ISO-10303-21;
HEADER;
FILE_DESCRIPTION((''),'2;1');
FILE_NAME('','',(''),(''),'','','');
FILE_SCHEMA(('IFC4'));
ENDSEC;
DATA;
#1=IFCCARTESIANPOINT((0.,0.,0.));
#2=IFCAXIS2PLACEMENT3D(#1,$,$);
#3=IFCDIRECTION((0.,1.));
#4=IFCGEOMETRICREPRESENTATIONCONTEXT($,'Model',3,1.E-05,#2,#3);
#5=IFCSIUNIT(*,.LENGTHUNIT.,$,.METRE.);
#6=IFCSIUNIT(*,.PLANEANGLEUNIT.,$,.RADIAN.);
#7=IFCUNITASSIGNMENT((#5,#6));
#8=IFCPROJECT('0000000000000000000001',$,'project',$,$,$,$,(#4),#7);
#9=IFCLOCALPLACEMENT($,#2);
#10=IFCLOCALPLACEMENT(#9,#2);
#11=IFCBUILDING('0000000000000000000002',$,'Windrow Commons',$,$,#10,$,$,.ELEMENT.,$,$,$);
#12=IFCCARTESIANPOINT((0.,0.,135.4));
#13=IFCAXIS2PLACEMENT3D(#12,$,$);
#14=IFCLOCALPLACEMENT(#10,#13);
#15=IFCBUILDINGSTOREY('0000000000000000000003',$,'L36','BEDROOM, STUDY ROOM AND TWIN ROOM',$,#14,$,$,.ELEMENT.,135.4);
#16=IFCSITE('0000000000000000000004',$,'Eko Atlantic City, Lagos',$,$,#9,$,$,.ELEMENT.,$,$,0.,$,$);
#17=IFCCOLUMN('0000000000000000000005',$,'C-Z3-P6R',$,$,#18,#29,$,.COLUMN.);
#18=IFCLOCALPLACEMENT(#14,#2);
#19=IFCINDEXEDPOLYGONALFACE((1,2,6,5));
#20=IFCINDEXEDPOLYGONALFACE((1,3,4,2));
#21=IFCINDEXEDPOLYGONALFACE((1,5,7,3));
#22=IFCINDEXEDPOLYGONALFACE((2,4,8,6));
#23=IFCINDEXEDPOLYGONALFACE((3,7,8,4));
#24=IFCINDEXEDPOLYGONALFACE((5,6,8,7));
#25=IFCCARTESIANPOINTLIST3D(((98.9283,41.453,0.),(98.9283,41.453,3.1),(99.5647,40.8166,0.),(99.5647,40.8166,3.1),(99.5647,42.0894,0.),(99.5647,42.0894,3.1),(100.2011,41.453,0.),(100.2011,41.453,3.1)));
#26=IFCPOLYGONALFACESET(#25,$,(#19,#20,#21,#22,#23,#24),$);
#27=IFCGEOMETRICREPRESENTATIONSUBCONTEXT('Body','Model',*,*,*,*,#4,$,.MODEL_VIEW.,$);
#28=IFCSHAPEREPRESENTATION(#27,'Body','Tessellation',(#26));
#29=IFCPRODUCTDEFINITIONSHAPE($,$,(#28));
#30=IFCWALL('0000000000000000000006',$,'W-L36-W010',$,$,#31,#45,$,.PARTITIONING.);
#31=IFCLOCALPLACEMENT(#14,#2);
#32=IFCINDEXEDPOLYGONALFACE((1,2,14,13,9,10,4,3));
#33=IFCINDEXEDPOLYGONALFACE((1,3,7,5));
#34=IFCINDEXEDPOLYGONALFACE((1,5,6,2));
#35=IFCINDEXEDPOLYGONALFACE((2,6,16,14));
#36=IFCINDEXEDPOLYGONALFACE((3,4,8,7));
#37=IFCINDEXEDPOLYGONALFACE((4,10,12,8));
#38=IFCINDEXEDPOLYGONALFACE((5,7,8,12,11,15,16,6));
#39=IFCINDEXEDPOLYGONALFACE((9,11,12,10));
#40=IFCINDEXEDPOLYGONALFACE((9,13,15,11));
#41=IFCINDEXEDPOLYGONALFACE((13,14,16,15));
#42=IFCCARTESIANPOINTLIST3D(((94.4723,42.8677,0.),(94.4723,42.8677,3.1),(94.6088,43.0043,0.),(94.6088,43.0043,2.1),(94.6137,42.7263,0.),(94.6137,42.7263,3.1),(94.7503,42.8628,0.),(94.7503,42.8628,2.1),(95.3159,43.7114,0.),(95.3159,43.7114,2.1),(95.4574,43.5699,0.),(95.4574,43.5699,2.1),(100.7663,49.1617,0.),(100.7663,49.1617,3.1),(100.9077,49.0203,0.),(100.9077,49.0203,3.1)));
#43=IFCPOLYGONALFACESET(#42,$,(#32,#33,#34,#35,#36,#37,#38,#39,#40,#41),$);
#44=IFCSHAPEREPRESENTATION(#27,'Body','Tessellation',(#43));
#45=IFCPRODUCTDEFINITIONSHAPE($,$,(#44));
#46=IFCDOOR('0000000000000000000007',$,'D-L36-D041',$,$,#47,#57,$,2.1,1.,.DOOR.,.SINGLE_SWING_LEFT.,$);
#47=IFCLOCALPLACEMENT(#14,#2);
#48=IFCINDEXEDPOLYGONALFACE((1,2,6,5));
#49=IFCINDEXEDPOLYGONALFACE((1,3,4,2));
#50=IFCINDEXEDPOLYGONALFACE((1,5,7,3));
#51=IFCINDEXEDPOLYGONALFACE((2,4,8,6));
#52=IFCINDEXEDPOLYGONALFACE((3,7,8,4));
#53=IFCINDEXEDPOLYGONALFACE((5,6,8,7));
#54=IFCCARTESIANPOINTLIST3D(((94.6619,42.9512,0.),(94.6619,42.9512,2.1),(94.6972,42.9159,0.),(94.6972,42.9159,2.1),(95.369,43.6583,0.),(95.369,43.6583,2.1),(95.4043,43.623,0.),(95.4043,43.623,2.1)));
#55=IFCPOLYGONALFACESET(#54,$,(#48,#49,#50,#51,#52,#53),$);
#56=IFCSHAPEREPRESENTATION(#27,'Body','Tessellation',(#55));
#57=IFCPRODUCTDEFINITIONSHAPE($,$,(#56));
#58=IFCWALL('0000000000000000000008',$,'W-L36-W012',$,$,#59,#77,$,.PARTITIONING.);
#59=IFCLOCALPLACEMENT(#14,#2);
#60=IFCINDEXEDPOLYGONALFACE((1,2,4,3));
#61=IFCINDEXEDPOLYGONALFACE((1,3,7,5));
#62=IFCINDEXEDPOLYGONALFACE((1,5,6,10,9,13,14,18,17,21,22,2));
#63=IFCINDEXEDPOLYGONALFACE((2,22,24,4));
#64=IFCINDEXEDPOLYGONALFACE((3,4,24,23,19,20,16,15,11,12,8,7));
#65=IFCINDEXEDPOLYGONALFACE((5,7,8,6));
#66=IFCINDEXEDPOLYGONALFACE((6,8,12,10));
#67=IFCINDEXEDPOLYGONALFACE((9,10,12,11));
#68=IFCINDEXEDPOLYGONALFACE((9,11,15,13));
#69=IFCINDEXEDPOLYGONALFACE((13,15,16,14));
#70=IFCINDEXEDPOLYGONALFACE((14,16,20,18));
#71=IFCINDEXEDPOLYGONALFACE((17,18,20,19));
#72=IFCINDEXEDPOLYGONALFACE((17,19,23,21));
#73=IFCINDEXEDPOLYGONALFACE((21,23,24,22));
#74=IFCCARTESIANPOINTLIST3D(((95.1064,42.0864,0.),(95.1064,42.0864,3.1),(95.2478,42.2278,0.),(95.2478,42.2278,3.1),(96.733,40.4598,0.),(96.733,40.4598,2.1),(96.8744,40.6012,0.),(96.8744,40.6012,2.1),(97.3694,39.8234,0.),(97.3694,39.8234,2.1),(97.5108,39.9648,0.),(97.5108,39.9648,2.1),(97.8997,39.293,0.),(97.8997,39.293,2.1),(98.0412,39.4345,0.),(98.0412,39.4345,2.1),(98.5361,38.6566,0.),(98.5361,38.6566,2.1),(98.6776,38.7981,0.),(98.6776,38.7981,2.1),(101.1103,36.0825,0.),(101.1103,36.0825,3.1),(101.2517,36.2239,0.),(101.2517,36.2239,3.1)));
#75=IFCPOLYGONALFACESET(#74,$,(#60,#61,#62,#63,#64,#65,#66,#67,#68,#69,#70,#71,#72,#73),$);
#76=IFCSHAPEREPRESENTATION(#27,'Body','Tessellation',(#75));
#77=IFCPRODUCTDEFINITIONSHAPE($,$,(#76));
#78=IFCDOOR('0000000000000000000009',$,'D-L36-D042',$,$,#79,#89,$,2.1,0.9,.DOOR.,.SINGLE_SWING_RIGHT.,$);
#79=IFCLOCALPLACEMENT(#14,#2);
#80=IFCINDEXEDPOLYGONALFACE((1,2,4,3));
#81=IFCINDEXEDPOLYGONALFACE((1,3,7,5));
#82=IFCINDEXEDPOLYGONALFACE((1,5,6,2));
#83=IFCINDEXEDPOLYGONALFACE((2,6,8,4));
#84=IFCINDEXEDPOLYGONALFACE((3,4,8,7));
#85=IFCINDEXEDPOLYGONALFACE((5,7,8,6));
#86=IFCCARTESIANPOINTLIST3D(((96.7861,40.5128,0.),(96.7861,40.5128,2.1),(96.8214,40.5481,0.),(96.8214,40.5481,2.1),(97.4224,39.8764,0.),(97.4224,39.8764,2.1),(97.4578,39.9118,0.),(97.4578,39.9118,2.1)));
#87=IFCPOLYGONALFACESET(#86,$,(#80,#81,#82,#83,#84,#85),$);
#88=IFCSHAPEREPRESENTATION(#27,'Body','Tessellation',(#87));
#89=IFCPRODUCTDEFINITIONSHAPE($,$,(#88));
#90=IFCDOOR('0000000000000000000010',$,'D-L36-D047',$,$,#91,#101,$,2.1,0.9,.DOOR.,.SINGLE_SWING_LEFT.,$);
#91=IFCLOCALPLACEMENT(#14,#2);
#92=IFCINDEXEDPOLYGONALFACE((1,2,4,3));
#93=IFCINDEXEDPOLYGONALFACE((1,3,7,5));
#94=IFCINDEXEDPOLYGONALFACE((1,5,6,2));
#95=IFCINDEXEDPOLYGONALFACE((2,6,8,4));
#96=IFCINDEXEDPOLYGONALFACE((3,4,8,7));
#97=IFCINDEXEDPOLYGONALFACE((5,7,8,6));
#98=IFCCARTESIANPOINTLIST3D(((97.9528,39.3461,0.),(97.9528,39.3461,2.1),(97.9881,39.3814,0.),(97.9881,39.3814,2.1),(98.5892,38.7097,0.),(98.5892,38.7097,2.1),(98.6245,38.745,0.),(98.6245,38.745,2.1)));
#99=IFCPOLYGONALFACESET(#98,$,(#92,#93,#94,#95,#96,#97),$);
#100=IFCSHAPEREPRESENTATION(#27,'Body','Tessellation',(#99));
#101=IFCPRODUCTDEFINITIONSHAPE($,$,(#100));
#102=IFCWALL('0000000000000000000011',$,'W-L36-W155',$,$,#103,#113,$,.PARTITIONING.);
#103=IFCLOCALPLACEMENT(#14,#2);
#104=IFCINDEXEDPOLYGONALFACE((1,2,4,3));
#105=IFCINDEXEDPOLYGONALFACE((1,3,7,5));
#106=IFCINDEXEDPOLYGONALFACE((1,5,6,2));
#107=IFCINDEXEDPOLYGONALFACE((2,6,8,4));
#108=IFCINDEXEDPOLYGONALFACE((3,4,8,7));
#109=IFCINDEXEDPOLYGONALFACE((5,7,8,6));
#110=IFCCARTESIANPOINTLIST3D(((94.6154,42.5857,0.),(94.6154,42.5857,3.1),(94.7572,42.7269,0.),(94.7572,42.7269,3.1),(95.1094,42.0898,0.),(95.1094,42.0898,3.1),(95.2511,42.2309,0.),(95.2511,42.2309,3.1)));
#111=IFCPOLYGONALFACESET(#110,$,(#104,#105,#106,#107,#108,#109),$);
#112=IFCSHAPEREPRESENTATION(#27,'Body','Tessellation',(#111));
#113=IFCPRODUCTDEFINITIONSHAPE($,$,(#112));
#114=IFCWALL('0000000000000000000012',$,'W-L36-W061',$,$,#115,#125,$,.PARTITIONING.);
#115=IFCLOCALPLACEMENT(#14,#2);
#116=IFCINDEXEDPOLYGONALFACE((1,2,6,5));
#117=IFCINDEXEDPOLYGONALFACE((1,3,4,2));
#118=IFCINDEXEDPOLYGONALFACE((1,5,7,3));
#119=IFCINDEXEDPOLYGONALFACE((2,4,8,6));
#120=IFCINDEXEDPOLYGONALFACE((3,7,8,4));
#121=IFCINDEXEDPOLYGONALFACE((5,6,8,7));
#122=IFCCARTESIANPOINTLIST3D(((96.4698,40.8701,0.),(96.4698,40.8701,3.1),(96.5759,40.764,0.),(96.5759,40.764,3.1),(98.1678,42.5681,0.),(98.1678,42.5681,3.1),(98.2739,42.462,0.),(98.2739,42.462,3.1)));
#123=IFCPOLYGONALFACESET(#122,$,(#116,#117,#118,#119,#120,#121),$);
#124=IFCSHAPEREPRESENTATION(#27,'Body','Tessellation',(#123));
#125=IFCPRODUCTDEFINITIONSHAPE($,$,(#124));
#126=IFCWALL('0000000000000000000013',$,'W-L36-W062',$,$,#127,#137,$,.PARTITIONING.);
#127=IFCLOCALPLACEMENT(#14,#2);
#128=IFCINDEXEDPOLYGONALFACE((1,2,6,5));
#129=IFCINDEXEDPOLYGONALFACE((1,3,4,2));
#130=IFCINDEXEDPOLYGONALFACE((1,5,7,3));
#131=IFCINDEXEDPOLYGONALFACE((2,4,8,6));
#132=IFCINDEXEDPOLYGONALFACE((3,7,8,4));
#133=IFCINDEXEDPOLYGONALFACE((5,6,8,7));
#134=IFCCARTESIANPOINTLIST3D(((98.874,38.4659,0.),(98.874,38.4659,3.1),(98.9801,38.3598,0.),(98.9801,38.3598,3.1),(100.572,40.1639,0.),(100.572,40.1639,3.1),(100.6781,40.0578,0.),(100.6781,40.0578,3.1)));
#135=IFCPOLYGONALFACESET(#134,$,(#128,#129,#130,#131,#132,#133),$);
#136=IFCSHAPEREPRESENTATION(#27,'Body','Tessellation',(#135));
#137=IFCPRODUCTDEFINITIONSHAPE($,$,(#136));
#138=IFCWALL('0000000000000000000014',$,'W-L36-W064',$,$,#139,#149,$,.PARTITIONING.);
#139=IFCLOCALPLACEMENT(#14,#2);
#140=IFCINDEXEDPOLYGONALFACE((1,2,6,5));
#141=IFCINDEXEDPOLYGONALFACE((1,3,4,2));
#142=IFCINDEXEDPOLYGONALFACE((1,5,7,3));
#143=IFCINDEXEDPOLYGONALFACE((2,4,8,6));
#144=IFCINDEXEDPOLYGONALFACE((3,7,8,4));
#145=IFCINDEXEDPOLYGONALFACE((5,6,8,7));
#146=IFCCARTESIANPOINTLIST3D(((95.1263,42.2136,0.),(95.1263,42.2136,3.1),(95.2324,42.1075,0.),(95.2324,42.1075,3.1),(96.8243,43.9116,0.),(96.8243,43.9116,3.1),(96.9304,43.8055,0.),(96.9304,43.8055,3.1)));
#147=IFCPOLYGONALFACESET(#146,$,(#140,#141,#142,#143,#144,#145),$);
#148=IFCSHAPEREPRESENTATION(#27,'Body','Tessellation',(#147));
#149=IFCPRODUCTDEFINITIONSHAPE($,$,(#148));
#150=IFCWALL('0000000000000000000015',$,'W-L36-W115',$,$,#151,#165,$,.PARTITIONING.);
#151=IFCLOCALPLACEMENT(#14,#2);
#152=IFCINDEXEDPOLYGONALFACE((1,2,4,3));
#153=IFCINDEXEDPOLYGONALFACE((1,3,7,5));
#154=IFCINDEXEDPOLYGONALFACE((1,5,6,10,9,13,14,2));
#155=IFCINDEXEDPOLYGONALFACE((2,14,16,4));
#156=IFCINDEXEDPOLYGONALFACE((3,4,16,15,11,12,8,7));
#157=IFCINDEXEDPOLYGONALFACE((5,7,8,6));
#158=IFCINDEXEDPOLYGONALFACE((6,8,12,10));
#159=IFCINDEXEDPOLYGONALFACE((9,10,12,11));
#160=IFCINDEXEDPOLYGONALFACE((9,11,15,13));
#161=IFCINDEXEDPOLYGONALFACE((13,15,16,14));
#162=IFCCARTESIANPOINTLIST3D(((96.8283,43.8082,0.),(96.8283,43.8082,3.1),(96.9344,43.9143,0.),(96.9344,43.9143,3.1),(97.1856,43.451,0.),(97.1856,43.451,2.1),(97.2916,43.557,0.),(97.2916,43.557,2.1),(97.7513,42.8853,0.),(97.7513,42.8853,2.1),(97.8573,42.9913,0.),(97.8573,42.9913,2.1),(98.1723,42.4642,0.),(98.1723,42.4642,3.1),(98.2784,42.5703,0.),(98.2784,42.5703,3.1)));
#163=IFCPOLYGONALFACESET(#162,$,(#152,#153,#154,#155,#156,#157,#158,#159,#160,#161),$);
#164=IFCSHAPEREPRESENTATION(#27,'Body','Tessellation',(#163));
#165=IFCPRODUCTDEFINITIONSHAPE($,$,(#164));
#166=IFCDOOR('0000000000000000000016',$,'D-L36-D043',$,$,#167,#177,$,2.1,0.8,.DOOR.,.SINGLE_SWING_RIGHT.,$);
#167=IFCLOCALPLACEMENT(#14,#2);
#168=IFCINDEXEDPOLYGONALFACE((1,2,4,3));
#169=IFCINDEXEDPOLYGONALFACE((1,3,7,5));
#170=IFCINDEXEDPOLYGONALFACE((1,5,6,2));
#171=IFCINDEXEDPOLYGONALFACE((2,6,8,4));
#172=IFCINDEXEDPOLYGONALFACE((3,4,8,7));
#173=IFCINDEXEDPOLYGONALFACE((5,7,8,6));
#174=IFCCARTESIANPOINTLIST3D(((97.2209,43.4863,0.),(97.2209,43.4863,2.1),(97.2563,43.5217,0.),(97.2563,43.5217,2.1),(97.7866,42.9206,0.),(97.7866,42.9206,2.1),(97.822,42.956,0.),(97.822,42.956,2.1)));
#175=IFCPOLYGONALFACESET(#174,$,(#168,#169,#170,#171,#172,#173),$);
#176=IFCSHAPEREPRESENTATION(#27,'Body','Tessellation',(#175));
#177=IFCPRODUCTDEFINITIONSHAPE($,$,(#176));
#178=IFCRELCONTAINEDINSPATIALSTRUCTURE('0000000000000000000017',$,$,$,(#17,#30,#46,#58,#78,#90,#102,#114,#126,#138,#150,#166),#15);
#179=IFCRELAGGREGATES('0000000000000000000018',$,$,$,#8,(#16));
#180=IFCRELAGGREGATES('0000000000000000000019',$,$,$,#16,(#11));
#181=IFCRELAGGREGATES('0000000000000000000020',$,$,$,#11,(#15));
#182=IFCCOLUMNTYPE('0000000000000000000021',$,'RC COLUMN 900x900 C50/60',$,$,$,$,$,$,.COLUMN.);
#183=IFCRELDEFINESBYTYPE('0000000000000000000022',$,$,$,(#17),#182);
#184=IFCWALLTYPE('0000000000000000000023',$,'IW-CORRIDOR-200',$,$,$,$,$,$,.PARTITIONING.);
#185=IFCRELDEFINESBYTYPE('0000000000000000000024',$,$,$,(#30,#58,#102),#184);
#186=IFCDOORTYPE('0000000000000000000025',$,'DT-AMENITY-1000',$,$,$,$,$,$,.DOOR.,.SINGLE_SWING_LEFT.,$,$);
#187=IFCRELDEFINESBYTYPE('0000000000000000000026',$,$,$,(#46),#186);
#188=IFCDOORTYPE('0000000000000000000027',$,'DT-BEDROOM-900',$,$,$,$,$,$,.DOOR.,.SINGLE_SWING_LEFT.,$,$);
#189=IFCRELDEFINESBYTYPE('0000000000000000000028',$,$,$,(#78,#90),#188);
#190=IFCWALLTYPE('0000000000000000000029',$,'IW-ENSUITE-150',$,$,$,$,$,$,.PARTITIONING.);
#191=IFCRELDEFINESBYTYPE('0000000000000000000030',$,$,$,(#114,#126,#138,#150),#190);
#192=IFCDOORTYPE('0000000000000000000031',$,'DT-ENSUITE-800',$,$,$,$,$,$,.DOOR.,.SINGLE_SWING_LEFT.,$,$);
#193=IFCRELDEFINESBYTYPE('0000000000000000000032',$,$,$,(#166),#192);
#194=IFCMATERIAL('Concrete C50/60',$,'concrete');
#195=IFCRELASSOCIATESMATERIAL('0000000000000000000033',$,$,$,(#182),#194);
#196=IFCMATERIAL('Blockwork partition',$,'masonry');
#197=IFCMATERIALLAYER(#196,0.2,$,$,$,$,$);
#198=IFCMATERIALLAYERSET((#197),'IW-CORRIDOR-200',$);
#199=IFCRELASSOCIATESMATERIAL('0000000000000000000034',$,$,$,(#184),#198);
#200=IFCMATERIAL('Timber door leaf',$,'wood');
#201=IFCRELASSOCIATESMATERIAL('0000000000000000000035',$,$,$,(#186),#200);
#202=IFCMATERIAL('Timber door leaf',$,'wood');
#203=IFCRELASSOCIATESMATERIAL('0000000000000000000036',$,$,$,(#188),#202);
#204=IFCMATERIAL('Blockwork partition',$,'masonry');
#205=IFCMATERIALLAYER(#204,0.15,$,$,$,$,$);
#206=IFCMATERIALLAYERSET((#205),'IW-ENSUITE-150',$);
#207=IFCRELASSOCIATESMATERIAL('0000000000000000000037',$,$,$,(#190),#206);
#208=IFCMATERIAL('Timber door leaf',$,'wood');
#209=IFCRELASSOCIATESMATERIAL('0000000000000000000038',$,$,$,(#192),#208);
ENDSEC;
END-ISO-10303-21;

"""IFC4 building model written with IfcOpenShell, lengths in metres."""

from ifc_helpers import new_model, si_unit, direction, frame, frame_2d, origin, origin_2d, place, context, subcontext, project, spatial, rectangle, extrude, material, layer, layer_set, material_profile, profile_set, type_object, element, fill, save


model = new_model("IFC4")

# Units and contexts
model_context = context("Model", 3, precision=1e-05, world=origin(), true_north=direction((0.0, 1.0)))
body_context = subcontext(model_context, "Body", "Model", "MODEL_VIEW")
ifc_project = project(units=[si_unit("LENGTHUNIT", "METRE"), si_unit("PLANEANGLEUNIT", "RADIAN")], contexts=[model_context])

# Site, building, storey
site_placement = place(None, origin())
site = spatial("IfcSite", under=ifc_project, at=site_placement, Name="Eko Atlantic City, Lagos", CompositionType="ELEMENT", RefElevation=0.0)
building_placement = place(site_placement, origin())
building = spatial("IfcBuilding", under=site, at=building_placement, Name="Windrow Commons", CompositionType="ELEMENT")
storey_placement = place(building_placement, frame((0.0, 0.0, 135.4)))
storey = spatial("IfcBuildingStorey", under=building, at=storey_placement, Name="L36", Description="BEDROOM, STUDY ROOM AND TWIN ROOM", CompositionType="ELEMENT", Elevation=135.4)

# Column
ifc_material_1 = material(Name="Concrete C50/60", Category="concrete")
ifc_material_profile = material_profile(ifc_material_1, rectangle(XDim=0.9, YDim=0.9, at=origin_2d()))
ifc_profile_set = profile_set([ifc_material_profile], Name="Concrete C50/60")
column_type = type_object("IfcColumnType", Name="RC COLUMN 900x900 C50/60", PredefinedType="COLUMN", material=ifc_profile_set)
column_placement = place(storey_placement, frame((99.5647, 41.453, 0.0), z_axis=(0.0, 0.0, 1.0), x_axis=(0.707107, -0.707107, 0.0)))
element("IfcColumn", 1, at=column_placement, inside=storey, type_object=column_type, Name="C-Z3-P6R", PredefinedType="COLUMN", context=body_context, shape_type="SweptSolid", body=[
    extrude(rectangle(XDim=0.9, YDim=0.9, at=origin_2d()), origin(), (0.0, 0.0, 1.0), 3.1),
])

# Wall, opening, door
ifc_material_2 = material(Name="Blockwork partition", Category="masonry")
ifc_layer_1 = layer(ifc_material_2, 0.2)
ifc_layer_set_1 = layer_set([ifc_layer_1], Name="IW-CORRIDOR-200")
wall_type_1 = type_object("IfcWallType", Name="IW-CORRIDOR-200", PredefinedType="PARTITIONING", material=ifc_layer_set_1)
wall_1_placement = place(storey_placement, frame((94.543, 42.797, 0.0), z_axis=(0.0, 0.0, 1.0), x_axis=(0.707107, 0.707107, 0.0)))
wall_1 = element("IfcWall", 2, at=wall_1_placement, inside=storey, type_object=wall_type_1, Name="W-L36-W010", PredefinedType="PARTITIONING", context=body_context, shape_type="SweptSolid", body=[
    extrude(rectangle(XDim=8.9011, YDim=0.2, at=frame_2d((4.4505, 0.0))), origin(), (0.0, 0.0, 1.0), 3.1),
])
opening_1_placement = place(wall_1_placement, frame((0.1931, 0.0, 0.0)))
opening_1 = element("IfcOpeningElement", 3, at=opening_1_placement, cuts=wall_1, PredefinedType="OPENING", context=body_context, shape_type="SweptSolid", body=[
    extrude(rectangle(XDim=1.0, YDim=2.1, at=frame_2d((0.5, 1.05))), frame((0.0, 0.11, 0.0), z_axis=(0.0, -1.0, 0.0), x_axis=(1.0, 0.0, 0.0)), (0.0, 0.0, 1.0), 0.22),
])
ifc_material_3 = material(Name="Timber door leaf", Category="wood")
door_type_1 = type_object("IfcDoorType", Name="DT-AMENITY-1000", OperationType="SINGLE_SWING_LEFT", PredefinedType="DOOR", material=ifc_material_3)
door_1_placement = place(opening_1_placement, origin())
door_1 = element("IfcDoor", 4, at=door_1_placement, inside=storey, type_object=door_type_1, Name="D-L36-D041", OperationType="SINGLE_SWING_LEFT", OverallHeight=2.1, OverallWidth=1.0, PredefinedType="DOOR", context=body_context, shape_type="SweptSolid", body=[
    extrude(rectangle(XDim=1.0, YDim=2.1, at=frame_2d((0.5, 1.05))), frame((0.0, 0.025, 0.0), z_axis=(0.0, -1.0, 0.0), x_axis=(1.0, 0.0, 0.0)), (0.0, 0.0, 1.0), 0.05),
])
fill(opening_1, door_1)

# Wall, openings, doors
wall_2_placement = place(storey_placement, frame((95.1771, 42.1571, 0.0), z_axis=(0.0, 0.0, 1.0), x_axis=(0.707107, -0.707107, 0.0)))
wall_2 = element("IfcWall", 5, at=wall_2_placement, inside=storey, type_object=wall_type_1, Name="W-L36-W012", PredefinedType="PARTITIONING", context=body_context, shape_type="SweptSolid", body=[
    extrude(rectangle(XDim=8.4909, YDim=0.2, at=frame_2d((4.2454, 0.0))), origin(), (0.0, 0.0, 1.0), 3.1),
])
opening_2_placement = place(wall_2_placement, frame((2.3004, 0.0, 0.0)))
opening_2 = element("IfcOpeningElement", 6, at=opening_2_placement, cuts=wall_2, PredefinedType="OPENING", context=body_context, shape_type="SweptSolid", body=[
    extrude(rectangle(XDim=0.9, YDim=2.1, at=frame_2d((0.45, 1.05))), frame((0.0, 0.11, 0.0), z_axis=(0.0, -1.0, 0.0), x_axis=(1.0, 0.0, 0.0)), (0.0, 0.0, 1.0), 0.22),
])
opening_3_placement = place(wall_2_placement, frame((3.9504, 0.0, 0.0)))
opening_3 = element("IfcOpeningElement", 7, at=opening_3_placement, cuts=wall_2, PredefinedType="OPENING", context=body_context, shape_type="SweptSolid", body=[
    extrude(rectangle(XDim=0.9, YDim=2.1, at=frame_2d((0.45, 1.05))), frame((0.0, 0.11, 0.0), z_axis=(0.0, -1.0, 0.0), x_axis=(1.0, 0.0, 0.0)), (0.0, 0.0, 1.0), 0.22),
])
ifc_material_4 = material(Name="Timber door leaf", Category="wood")
door_type_2 = type_object("IfcDoorType", Name="DT-BEDROOM-900", OperationType="SINGLE_SWING_LEFT", PredefinedType="DOOR", material=ifc_material_4)
door_2_placement = place(opening_2_placement, origin())
door_2 = element("IfcDoor", 8, at=door_2_placement, inside=storey, type_object=door_type_2, Name="D-L36-D042", OperationType="SINGLE_SWING_RIGHT", OverallHeight=2.1, OverallWidth=0.9, PredefinedType="DOOR", context=body_context, shape_type="SweptSolid", body=[
    extrude(rectangle(XDim=0.9, YDim=2.1, at=frame_2d((0.45, 1.05))), frame((0.0, 0.025, 0.0), z_axis=(0.0, -1.0, 0.0), x_axis=(1.0, 0.0, 0.0)), (0.0, 0.0, 1.0), 0.05),
])
fill(opening_2, door_2)
door_3_placement = place(opening_3_placement, origin())
door_3 = element("IfcDoor", 9, at=door_3_placement, inside=storey, type_object=door_type_2, Name="D-L36-D047", OperationType="SINGLE_SWING_LEFT", OverallHeight=2.1, OverallWidth=0.9, PredefinedType="DOOR", context=body_context, shape_type="SweptSolid", body=[
    extrude(rectangle(XDim=0.9, YDim=2.1, at=frame_2d((0.45, 1.05))), frame((0.0, 0.025, 0.0), z_axis=(0.0, -1.0, 0.0), x_axis=(1.0, 0.0, 0.0)), (0.0, 0.0, 1.0), 0.05),
])
fill(opening_3, door_3)

# Walls
wall_3_placement = place(storey_placement, frame((94.6863, 42.6563, 0.0), z_axis=(0.0, 0.0, 1.0), x_axis=(0.705677, -0.708534, 0.0)))
element("IfcWall", 10, at=wall_3_placement, inside=storey, type_object=wall_type_1, Name="W-L36-W155", PredefinedType="PARTITIONING", context=body_context, shape_type="SweptSolid", body=[
    extrude(rectangle(XDim=0.7, YDim=0.2, at=frame_2d((0.35, 0.0))), origin(), (0.0, 0.0, 1.0), 3.1),
])
ifc_material_5 = material(Name="Blockwork partition", Category="masonry")
ifc_layer_2 = layer(ifc_material_5, 0.15)
ifc_layer_set_2 = layer_set([ifc_layer_2], Name="IW-ENSUITE-150")
wall_type_2 = type_object("IfcWallType", Name="IW-ENSUITE-150", PredefinedType="PARTITIONING", material=ifc_layer_set_2)
for number, where, z_axis, x_axis, name in (
    (11, (96.5229, 40.8171, 0.0), (0.0, 0.0, 1.0), (0.707107, 0.707107, 0.0), "W-L36-W061"),
    (12, (98.9271, 38.4129, 0.0), (0.0, 0.0, 1.0), (0.707107, 0.707107, 0.0), "W-L36-W062"),
    (13, (95.1794, 42.1606, 0.0), (0.0, 0.0, 1.0), (0.707107, 0.707107, 0.0), "W-L36-W064"),
):
    element("IfcWall", number, at=place(storey_placement, frame(where, z_axis=z_axis, x_axis=x_axis)), inside=storey, type_object=wall_type_2, Name=name, PredefinedType="PARTITIONING", context=body_context, shape_type="SweptSolid", body=[
        extrude(rectangle(XDim=2.4013, YDim=0.15, at=frame_2d((1.2006, 0.0))), origin(), (0.0, 0.0, 1.0), 3.1),
    ])

# Wall, opening, door
wall_4_placement = place(storey_placement, frame((96.8813, 43.8613, 0.0), z_axis=(0.0, 0.0, 1.0), x_axis=(0.707107, -0.707107, 0.0)))
wall_4 = element("IfcWall", 14, at=wall_4_placement, inside=storey, type_object=wall_type_2, Name="W-L36-W115", PredefinedType="PARTITIONING", context=body_context, shape_type="SweptSolid", body=[
    extrude(rectangle(XDim=1.9007, YDim=0.15, at=frame_2d((0.9504, 0.0))), origin(), (0.0, 0.0, 1.0), 3.1),
])
opening_4_placement = place(wall_4_placement, frame((0.5053, 0.0, 0.0)))
opening_4 = element("IfcOpeningElement", 15, at=opening_4_placement, cuts=wall_4, PredefinedType="OPENING", context=body_context, shape_type="SweptSolid", body=[
    extrude(rectangle(XDim=0.8, YDim=2.1, at=frame_2d((0.4, 1.05))), frame((0.0, 0.085, 0.0), z_axis=(0.0, -1.0, 0.0), x_axis=(1.0, 0.0, 0.0)), (0.0, 0.0, 1.0), 0.17),
])
ifc_material_6 = material(Name="Timber door leaf", Category="wood")
door_type_3 = type_object("IfcDoorType", Name="DT-ENSUITE-800", OperationType="SINGLE_SWING_LEFT", PredefinedType="DOOR", material=ifc_material_6)
door_4_placement = place(opening_4_placement, origin())
door_4 = element("IfcDoor", 16, at=door_4_placement, inside=storey, type_object=door_type_3, Name="D-L36-D043", OperationType="SINGLE_SWING_RIGHT", OverallHeight=2.1, OverallWidth=0.8, PredefinedType="DOOR", context=body_context, shape_type="SweptSolid", body=[
    extrude(rectangle(XDim=0.8, YDim=2.1, at=frame_2d((0.4, 1.05))), frame((0.0, 0.025, 0.0), z_axis=(0.0, -1.0, 0.0), x_axis=(1.0, 0.0, 0.0)), (0.0, 0.0, 1.0), 0.05),
])
fill(opening_4, door_4)

save(model, "model.ifc")
